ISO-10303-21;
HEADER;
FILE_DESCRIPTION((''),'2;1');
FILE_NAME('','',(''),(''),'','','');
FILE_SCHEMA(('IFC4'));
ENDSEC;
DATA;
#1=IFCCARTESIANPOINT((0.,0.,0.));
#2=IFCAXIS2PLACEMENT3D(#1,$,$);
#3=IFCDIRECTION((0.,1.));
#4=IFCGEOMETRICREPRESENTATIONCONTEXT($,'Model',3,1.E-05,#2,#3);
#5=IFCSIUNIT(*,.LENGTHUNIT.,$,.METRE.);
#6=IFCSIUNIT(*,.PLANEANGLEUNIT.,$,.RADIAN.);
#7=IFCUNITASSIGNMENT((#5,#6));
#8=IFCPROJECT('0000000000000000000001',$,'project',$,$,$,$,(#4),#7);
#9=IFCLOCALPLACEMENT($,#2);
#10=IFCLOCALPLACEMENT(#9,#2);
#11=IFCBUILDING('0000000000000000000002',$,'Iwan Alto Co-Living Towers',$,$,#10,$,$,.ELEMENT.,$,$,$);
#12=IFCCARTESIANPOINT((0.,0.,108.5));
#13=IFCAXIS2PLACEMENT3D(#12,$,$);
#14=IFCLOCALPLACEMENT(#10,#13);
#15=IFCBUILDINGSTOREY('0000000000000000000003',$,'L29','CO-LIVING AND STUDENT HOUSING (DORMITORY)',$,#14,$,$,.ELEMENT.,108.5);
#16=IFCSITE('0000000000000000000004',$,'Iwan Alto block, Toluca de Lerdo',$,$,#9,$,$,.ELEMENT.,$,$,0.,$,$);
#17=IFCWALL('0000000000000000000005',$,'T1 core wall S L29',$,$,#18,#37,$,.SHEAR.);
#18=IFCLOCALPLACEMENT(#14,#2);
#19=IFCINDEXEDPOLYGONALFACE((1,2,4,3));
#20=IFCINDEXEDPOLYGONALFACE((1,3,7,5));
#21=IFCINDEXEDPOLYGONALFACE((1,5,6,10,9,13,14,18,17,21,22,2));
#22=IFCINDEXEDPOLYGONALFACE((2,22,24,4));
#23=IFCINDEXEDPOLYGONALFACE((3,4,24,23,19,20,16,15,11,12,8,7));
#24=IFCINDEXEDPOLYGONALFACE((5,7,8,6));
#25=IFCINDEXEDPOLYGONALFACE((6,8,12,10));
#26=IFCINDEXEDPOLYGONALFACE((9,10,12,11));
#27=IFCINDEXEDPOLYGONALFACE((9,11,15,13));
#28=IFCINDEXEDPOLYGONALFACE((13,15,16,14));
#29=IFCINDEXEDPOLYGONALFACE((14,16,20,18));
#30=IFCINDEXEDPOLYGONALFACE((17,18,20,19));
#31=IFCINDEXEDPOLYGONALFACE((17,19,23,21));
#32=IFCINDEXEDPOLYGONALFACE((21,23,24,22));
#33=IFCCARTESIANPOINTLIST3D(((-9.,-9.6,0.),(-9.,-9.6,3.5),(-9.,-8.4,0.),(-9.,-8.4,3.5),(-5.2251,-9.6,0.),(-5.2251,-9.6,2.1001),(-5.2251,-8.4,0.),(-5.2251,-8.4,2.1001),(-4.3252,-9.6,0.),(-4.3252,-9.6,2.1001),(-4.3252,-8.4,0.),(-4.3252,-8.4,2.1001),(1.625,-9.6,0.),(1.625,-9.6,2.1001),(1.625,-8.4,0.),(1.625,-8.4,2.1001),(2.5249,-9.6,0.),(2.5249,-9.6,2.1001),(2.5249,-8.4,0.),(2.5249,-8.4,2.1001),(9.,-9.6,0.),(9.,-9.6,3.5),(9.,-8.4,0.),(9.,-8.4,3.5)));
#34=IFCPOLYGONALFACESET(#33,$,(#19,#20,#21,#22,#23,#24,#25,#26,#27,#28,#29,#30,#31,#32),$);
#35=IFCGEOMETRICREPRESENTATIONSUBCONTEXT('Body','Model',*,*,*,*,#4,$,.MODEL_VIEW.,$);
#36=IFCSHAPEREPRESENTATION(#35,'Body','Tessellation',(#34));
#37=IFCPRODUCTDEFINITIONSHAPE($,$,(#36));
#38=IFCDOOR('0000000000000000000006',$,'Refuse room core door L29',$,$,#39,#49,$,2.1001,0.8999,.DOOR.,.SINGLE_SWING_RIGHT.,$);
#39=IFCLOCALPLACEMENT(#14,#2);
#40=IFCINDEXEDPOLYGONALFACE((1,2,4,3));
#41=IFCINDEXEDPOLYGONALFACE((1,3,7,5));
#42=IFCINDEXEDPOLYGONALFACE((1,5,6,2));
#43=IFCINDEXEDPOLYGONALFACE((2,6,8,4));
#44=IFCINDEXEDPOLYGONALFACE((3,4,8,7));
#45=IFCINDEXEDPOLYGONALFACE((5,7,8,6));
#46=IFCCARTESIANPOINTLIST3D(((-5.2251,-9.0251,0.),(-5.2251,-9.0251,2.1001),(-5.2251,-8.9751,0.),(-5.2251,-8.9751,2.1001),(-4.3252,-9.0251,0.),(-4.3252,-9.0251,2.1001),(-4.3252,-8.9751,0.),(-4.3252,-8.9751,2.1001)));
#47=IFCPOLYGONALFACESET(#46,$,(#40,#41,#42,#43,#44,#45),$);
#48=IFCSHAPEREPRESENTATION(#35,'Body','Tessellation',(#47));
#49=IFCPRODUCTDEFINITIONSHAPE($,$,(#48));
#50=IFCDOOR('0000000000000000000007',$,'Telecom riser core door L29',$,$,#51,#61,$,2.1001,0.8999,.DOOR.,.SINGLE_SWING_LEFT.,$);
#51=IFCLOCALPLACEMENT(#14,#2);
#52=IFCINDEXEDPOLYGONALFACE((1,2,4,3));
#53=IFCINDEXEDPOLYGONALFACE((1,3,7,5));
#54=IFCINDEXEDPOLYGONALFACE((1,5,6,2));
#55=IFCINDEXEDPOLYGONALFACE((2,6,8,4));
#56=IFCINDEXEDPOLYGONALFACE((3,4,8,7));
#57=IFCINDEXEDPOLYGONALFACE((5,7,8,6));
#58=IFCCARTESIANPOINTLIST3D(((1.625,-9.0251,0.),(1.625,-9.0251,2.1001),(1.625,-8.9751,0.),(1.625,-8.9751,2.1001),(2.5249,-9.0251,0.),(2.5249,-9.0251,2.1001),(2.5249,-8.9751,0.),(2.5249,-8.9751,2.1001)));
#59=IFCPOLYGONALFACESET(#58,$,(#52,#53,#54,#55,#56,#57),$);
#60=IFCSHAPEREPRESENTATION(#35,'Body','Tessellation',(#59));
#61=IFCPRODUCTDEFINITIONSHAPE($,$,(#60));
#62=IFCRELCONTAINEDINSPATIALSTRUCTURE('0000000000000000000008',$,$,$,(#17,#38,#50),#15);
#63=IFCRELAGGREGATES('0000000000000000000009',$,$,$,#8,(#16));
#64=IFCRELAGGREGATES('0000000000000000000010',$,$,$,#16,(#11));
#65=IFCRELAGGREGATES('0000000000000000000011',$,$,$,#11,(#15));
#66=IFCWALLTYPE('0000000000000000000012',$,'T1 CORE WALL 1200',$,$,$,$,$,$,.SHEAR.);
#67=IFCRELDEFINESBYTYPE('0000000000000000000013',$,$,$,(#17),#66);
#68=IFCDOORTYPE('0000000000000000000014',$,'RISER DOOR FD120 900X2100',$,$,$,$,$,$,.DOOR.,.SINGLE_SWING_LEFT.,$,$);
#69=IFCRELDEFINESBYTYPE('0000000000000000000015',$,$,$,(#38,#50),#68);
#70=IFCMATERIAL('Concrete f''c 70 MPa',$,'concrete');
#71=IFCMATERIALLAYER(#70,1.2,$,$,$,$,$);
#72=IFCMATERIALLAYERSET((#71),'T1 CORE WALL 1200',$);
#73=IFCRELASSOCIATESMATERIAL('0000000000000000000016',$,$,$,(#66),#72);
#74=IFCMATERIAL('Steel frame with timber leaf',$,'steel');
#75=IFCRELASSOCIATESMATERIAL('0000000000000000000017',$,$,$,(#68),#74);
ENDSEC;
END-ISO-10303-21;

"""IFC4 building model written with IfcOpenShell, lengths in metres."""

from ifc_helpers import new_model, si_unit, direction, frame, frame_2d, origin, place, context, subcontext, project, spatial, rectangle, extrude, material, layer, layer_set, type_object, element, fill, save


model = new_model("IFC4")

# Units and contexts
model_context = context("Model", 3, precision=1e-05, world=origin(), true_north=direction((0.0, 1.0)))
body_context = subcontext(model_context, "Body", "Model", "MODEL_VIEW")
ifc_project = project(units=[si_unit("LENGTHUNIT", "METRE"), si_unit("PLANEANGLEUNIT", "RADIAN")], contexts=[model_context])

# Site, building, storey
site_placement = place(None, origin())
site = spatial("IfcSite", under=ifc_project, at=site_placement, Name="Iwan Alto block, Toluca de Lerdo", CompositionType="ELEMENT", RefElevation=0.0)
building_placement = place(site_placement, origin())
building = spatial("IfcBuilding", under=site, at=building_placement, Name="Iwan Alto Co-Living Towers", CompositionType="ELEMENT")
storey_placement = place(building_placement, frame((0.0, 0.0, 108.5)))
storey = spatial("IfcBuildingStorey", under=building, at=storey_placement, Name="L29", Description="CO-LIVING AND STUDENT HOUSING (DORMITORY)", CompositionType="ELEMENT", Elevation=108.5)

# Wall, openings, doors
ifc_material_1 = material(Name="Concrete f'c 70 MPa", Category="concrete")
ifc_layer_1 = layer(ifc_material_1, 1.2)
ifc_layer_set_1 = layer_set([ifc_layer_1], Name="T1 CORE WALL 1200")
wall_type_1 = type_object("IfcWallType", Name="T1 CORE WALL 1200", PredefinedType="SHEAR", material=ifc_layer_set_1)
wall_1_placement = place(storey_placement, frame((-9.0, -9.0, 0.0), z_axis=(0.0, 0.0, 1.0), x_axis=(1.0, 0.0, 0.0)))
wall_1 = element("IfcWall", 1, at=wall_1_placement, inside=storey, type_object=wall_type_1, Name="T1 core wall S L29", PredefinedType="SHEAR", context=body_context, shape_type="SweptSolid", body=[
    extrude(rectangle(XDim=18.0, YDim=1.2, at=frame_2d((9.0, 0.0))), origin(), (0.0, 0.0, 1.0), 3.5),
])
opening_1_placement = place(wall_1_placement, frame((3.7749, 0.0, 0.0)))
opening_1 = element("IfcOpeningElement", 2, at=opening_1_placement, cuts=wall_1, PredefinedType="OPENING", context=body_context, shape_type="SweptSolid", body=[
    extrude(rectangle(XDim=0.8999, YDim=2.1001, at=frame_2d((0.45, 1.05))), frame((0.0, 0.6099, 0.0), z_axis=(0.0, -1.0, 0.0), x_axis=(1.0, 0.0, 0.0)), (0.0, 0.0, 1.0), 1.22),
])
opening_2_placement = place(wall_1_placement, frame((10.625, 0.0, 0.0)))
opening_2 = element("IfcOpeningElement", 3, at=opening_2_placement, cuts=wall_1, PredefinedType="OPENING", context=body_context, shape_type="SweptSolid", body=[
    extrude(rectangle(XDim=0.8999, YDim=2.1001, at=frame_2d((0.45, 1.05))), frame((0.0, 0.6099, 0.0), z_axis=(0.0, -1.0, 0.0), x_axis=(1.0, 0.0, 0.0)), (0.0, 0.0, 1.0), 1.22),
])
ifc_material_2 = material(Name="Steel frame with timber leaf", Category="steel")
door_type_1 = type_object("IfcDoorType", Name="RISER DOOR FD120 900X2100", OperationType="SINGLE_SWING_LEFT", PredefinedType="DOOR", material=ifc_material_2)
door_1_placement = place(opening_1_placement, origin())
door_1 = element("IfcDoor", 4, at=door_1_placement, inside=storey, type_object=door_type_1, Name="Refuse room core door L29", OperationType="SINGLE_SWING_RIGHT", OverallHeight=2.1001, OverallWidth=0.8999, PredefinedType="DOOR", context=body_context, shape_type="SweptSolid", body=[
    extrude(rectangle(XDim=0.8999, YDim=2.1001, at=frame_2d((0.45, 1.05))), frame((0.0, 0.0249, 0.0), z_axis=(0.0, -1.0, 0.0), x_axis=(1.0, 0.0, 0.0)), (0.0, 0.0, 1.0), 0.05),
])
fill(opening_1, door_1)
door_2_placement = place(opening_2_placement, origin())
door_2 = element("IfcDoor", 5, at=door_2_placement, inside=storey, type_object=door_type_1, Name="Telecom riser core door L29", OperationType="SINGLE_SWING_LEFT", OverallHeight=2.1001, OverallWidth=0.8999, PredefinedType="DOOR", context=body_context, shape_type="SweptSolid", body=[
    extrude(rectangle(XDim=0.8999, YDim=2.1001, at=frame_2d((0.45, 1.05))), frame((0.0, 0.0249, 0.0), z_axis=(0.0, -1.0, 0.0), x_axis=(1.0, 0.0, 0.0)), (0.0, 0.0, 1.0), 0.05),
])
fill(opening_2, door_2)

save(model, "model.ifc")
